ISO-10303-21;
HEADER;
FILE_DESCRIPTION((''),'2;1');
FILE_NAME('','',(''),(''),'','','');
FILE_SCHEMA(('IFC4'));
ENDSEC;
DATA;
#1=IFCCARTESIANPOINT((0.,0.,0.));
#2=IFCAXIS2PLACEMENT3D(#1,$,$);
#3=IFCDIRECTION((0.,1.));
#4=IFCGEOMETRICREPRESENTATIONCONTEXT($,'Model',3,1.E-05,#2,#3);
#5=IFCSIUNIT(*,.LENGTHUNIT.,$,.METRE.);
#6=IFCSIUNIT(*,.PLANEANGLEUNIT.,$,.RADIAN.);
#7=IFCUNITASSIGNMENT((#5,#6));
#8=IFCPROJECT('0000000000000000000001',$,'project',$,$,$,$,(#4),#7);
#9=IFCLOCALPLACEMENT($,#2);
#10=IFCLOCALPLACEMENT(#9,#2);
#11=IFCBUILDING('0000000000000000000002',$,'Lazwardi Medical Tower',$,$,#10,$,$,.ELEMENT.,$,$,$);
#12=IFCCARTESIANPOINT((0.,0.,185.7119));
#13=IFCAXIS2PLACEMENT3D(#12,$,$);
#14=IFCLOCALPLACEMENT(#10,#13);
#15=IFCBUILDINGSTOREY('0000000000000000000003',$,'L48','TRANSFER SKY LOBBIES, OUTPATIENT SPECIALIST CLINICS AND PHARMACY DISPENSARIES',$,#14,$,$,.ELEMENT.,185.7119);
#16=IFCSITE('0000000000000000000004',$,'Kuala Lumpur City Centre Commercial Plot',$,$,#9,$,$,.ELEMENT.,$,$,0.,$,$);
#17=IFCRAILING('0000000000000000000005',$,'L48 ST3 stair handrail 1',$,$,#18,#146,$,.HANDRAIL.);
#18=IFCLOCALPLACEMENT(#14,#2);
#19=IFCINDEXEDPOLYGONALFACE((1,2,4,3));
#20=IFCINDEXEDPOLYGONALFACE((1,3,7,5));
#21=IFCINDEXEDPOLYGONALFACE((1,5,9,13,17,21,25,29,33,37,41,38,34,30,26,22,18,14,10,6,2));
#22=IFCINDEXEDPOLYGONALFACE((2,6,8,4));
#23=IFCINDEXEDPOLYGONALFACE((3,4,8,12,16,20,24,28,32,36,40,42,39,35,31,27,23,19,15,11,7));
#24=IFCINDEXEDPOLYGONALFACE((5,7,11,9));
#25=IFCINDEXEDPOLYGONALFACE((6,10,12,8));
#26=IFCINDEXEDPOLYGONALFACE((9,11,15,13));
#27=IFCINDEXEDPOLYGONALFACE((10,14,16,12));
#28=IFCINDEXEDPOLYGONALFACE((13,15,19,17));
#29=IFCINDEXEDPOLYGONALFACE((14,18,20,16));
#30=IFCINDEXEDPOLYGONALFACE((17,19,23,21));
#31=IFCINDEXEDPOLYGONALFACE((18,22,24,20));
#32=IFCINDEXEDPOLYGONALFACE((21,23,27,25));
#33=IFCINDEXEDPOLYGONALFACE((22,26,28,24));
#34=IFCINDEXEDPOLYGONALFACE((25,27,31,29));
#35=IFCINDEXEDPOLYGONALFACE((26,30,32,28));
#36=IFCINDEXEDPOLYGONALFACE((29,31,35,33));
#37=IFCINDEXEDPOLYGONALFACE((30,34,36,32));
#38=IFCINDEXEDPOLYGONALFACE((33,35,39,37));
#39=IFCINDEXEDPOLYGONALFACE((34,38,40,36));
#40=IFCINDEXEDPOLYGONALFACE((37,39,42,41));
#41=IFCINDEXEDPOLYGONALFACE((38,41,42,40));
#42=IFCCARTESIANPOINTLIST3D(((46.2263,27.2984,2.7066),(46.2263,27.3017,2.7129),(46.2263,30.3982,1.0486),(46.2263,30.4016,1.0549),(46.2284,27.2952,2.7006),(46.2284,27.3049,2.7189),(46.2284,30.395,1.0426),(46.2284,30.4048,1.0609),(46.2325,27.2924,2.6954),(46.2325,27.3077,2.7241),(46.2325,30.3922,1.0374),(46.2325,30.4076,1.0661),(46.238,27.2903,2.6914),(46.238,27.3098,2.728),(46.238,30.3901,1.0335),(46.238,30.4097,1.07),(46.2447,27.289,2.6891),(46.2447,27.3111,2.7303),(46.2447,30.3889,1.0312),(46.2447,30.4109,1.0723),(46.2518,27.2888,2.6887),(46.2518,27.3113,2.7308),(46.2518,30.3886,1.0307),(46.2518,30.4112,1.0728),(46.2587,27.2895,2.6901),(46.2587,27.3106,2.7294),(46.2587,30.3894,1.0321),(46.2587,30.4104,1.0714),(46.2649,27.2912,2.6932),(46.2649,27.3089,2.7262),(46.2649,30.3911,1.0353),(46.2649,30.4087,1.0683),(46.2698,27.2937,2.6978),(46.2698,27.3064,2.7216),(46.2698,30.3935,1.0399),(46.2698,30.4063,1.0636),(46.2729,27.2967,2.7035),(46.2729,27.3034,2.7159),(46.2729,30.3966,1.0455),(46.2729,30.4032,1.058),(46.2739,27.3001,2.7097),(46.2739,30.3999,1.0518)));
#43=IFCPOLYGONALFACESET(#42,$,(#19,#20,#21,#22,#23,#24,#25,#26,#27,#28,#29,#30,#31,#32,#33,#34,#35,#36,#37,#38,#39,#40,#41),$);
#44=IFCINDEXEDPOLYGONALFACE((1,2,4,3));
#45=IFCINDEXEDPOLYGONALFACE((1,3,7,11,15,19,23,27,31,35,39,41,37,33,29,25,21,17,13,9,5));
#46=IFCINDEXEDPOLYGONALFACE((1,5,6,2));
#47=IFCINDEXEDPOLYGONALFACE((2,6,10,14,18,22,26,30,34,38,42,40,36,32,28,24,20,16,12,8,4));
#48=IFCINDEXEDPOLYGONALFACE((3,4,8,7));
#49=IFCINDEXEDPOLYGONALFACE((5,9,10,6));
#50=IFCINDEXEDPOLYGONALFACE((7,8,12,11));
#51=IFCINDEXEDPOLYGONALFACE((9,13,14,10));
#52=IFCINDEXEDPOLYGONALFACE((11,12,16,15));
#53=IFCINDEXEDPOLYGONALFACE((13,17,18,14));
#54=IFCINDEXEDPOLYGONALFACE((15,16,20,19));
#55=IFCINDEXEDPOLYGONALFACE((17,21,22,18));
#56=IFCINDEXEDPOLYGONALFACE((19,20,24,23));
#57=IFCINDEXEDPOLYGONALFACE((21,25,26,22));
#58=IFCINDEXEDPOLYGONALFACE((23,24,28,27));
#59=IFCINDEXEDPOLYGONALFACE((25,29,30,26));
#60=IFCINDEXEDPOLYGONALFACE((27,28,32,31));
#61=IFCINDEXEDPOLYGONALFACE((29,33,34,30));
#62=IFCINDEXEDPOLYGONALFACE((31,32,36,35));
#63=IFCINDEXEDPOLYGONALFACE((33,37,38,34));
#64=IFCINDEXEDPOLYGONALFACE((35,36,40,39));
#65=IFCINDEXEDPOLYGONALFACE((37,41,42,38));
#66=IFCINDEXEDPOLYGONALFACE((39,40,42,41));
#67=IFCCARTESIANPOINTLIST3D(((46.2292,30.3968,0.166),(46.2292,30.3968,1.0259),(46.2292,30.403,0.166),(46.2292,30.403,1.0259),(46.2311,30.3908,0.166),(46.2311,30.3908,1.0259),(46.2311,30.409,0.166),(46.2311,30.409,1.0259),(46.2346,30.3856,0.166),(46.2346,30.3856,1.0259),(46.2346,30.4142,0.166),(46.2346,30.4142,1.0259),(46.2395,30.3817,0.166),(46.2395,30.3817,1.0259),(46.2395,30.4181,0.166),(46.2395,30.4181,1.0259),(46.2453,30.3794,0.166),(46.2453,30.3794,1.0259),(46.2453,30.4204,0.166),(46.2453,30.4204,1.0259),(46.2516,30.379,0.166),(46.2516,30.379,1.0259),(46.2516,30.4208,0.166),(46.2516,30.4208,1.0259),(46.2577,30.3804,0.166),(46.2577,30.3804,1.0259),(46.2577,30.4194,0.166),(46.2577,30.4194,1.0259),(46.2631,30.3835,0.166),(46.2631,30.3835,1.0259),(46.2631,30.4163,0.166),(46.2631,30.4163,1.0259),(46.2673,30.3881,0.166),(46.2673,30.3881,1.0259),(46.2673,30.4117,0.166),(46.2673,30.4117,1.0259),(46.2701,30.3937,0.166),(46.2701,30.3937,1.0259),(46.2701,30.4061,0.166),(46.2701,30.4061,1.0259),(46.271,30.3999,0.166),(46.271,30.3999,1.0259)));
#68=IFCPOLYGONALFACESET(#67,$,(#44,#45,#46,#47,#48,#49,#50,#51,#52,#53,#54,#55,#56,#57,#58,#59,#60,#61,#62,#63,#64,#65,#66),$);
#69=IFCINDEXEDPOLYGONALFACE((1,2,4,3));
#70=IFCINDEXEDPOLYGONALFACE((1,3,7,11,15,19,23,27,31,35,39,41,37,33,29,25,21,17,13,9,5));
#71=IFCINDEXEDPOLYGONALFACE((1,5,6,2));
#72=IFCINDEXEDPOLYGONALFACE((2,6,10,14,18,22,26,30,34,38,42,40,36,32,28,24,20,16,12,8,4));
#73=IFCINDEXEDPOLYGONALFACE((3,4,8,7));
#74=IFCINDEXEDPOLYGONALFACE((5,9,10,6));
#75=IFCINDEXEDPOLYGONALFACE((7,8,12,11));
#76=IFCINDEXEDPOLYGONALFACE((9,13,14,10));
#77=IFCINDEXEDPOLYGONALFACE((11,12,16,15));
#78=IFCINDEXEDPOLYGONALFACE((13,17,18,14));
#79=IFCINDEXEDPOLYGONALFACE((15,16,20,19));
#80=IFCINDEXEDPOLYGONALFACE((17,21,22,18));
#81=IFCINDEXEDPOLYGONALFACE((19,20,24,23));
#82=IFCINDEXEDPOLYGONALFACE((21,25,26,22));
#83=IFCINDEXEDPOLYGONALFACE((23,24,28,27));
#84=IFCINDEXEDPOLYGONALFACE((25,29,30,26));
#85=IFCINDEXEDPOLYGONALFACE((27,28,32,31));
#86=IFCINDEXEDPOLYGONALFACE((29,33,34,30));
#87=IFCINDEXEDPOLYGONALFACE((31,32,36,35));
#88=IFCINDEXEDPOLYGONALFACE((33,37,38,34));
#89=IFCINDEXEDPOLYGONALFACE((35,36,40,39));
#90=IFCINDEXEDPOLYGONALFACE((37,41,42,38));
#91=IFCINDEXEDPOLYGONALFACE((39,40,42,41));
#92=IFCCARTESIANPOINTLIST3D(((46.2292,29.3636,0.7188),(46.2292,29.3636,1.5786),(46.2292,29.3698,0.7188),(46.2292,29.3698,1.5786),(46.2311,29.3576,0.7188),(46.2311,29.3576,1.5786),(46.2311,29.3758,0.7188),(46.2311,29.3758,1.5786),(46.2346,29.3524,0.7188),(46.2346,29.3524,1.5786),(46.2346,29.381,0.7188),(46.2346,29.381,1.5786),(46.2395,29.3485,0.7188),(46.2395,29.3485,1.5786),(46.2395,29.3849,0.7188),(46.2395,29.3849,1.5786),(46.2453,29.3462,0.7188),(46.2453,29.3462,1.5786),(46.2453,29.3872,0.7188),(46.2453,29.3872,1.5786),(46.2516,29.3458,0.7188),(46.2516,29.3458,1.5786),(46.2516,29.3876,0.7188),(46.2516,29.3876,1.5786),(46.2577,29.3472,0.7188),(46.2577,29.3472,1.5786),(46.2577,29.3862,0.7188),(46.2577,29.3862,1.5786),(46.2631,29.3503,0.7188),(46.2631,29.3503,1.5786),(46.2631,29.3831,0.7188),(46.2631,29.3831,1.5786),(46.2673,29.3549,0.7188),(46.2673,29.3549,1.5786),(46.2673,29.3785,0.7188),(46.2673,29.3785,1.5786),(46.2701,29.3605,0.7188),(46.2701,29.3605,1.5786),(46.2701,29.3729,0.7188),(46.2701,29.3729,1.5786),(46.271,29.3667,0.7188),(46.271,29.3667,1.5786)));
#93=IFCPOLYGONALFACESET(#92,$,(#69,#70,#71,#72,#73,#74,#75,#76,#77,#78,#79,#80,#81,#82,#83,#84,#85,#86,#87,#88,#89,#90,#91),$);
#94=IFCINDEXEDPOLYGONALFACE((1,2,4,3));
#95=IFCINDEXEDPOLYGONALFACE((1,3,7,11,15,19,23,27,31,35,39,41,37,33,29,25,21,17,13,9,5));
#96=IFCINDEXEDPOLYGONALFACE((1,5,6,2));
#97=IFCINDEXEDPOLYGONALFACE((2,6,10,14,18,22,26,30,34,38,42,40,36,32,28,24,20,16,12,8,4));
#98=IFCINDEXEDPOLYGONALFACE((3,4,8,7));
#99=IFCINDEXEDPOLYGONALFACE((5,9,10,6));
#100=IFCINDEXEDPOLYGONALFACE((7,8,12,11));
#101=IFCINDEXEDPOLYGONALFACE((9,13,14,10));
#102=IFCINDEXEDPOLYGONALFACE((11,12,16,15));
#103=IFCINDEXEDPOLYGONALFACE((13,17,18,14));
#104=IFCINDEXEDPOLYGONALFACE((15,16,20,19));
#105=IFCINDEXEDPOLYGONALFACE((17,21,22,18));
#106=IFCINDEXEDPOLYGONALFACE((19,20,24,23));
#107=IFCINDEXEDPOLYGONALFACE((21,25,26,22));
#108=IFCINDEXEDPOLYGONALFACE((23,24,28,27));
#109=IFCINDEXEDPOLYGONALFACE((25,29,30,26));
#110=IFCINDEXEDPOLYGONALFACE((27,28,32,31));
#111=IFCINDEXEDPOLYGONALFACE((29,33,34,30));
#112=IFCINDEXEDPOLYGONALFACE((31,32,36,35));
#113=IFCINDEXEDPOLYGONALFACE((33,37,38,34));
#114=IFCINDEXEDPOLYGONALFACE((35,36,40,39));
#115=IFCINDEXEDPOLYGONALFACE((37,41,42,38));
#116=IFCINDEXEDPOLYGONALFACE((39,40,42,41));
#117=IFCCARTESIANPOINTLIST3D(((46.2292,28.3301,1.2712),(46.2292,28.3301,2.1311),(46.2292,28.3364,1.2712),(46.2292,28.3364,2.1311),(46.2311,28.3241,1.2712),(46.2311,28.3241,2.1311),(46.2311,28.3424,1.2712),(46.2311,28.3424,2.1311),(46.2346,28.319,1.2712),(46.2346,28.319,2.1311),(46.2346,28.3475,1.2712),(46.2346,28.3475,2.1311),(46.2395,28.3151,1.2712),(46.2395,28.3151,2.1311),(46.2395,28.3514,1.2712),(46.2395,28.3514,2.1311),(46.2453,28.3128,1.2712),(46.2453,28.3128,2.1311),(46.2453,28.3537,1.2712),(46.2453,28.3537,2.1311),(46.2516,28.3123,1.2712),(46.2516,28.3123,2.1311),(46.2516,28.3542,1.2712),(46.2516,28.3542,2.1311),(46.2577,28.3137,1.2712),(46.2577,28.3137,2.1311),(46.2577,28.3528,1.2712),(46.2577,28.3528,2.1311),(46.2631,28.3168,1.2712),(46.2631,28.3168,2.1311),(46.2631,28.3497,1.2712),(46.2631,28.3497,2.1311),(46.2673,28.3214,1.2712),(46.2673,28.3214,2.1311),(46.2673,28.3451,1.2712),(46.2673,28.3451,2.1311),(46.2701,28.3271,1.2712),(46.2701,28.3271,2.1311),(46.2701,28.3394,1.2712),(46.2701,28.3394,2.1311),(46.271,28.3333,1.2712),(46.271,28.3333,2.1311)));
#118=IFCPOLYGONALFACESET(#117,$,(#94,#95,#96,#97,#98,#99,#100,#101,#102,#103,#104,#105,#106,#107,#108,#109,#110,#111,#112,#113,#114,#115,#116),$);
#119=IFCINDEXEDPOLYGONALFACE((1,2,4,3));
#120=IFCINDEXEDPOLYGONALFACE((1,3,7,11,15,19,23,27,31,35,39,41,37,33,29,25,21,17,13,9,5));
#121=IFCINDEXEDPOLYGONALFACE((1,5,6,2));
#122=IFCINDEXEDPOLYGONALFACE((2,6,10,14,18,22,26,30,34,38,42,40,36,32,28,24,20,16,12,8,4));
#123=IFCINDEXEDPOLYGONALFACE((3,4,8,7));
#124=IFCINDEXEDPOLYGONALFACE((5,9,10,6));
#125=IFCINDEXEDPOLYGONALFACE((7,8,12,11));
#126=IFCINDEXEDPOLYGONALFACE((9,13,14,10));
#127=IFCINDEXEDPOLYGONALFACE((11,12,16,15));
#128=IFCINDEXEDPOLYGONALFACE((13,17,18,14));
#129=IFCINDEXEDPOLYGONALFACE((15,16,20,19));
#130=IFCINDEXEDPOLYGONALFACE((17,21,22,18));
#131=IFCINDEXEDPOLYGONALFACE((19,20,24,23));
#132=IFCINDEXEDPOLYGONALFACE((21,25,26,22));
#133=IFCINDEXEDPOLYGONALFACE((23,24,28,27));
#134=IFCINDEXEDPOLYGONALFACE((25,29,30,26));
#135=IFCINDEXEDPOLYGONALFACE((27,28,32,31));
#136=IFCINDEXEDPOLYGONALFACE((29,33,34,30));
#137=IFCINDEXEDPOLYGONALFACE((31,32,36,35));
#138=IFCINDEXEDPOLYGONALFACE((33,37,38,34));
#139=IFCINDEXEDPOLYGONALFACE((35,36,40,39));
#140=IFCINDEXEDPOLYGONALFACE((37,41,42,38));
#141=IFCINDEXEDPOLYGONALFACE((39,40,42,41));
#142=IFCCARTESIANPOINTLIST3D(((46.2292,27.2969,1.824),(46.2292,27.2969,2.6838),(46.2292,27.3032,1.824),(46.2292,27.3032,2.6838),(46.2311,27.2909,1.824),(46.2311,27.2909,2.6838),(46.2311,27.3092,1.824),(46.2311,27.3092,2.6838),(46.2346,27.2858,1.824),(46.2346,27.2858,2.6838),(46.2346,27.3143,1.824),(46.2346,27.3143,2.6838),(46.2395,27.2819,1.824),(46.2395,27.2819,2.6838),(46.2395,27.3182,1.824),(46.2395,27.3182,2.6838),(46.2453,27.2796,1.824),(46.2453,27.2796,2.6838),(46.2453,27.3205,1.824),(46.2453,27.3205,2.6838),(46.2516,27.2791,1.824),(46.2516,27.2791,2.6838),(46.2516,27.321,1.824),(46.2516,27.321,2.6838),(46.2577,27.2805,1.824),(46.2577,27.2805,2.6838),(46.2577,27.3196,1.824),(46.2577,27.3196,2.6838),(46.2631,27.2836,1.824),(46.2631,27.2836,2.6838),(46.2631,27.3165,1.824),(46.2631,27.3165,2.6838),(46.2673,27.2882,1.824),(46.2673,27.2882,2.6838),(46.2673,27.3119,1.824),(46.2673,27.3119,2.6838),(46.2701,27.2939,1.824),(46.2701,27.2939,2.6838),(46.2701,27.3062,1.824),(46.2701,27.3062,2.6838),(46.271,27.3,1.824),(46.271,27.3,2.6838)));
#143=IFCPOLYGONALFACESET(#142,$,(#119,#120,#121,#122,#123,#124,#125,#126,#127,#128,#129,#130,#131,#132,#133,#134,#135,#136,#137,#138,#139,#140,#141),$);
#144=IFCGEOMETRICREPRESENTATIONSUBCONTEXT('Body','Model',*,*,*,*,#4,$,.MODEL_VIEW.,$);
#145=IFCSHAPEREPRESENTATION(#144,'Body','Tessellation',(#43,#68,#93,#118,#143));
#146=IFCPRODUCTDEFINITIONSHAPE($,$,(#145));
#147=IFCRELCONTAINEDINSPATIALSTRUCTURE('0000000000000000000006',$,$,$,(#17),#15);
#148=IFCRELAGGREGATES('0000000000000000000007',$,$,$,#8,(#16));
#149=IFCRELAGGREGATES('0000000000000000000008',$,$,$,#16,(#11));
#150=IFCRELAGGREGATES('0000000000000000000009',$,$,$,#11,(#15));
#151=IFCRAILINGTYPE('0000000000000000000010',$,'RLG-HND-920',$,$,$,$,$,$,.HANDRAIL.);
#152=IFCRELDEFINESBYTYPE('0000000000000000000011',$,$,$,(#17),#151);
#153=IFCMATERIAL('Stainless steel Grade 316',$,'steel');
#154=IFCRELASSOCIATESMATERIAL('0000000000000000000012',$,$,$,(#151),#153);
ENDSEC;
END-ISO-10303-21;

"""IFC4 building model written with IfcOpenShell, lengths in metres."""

from ifc_helpers import new_model, si_unit, direction, frame, origin, origin_2d, place, context, subcontext, project, spatial, circle, extrude, material, type_object, element, save


model = new_model("IFC4")

# Units and contexts
model_context = context("Model", 3, precision=1e-05, world=origin(), true_north=direction((0.0, 1.0)))
body_context = subcontext(model_context, "Body", "Model", "MODEL_VIEW")
ifc_project = project(units=[si_unit("LENGTHUNIT", "METRE"), si_unit("PLANEANGLEUNIT", "RADIAN")], contexts=[model_context])

# Site, building, storey
site_placement = place(None, origin())
site = spatial("IfcSite", under=ifc_project, at=site_placement, Name="Kuala Lumpur City Centre Commercial Plot", CompositionType="ELEMENT", RefElevation=0.0)
building_placement = place(site_placement, origin())
building = spatial("IfcBuilding", under=site, at=building_placement, Name="Lazwardi Medical Tower", CompositionType="ELEMENT")
storey_placement = place(building_placement, frame((0.0, 0.0, 185.7119)))
storey = spatial("IfcBuildingStorey", under=building, at=storey_placement, Name="L48", Description="TRANSFER SKY LOBBIES, OUTPATIENT SPECIALIST CLINICS AND PHARMACY DISPENSARIES", CompositionType="ELEMENT", Elevation=185.7119)

# Railing
ifc_material_1 = material(Name="Stainless steel Grade 316", Category="steel")
railing_type_1 = type_object("IfcRailingType", Name="RLG-HND-920", PredefinedType="HANDRAIL", material=ifc_material_1)
railing_1_placement = place(storey_placement, frame((46.25, 30.3999, 0.166)))
element("IfcRailing", 1, at=railing_1_placement, inside=storey, type_object=railing_type_1, Name="L48 ST3 stair handrail 1", PredefinedType="HANDRAIL", context=body_context, shape_type="SweptSolid", body=[
    extrude(circle(Radius=0.0239, at=origin_2d()), frame((0.0, 0.0, 0.8857), z_axis=(0.0, -0.881797, 0.47163), x_axis=(1.0, 0.0, 0.0)), (0.0, 0.0, 1.0), 3.5154),
    extrude(circle(Radius=0.021, at=origin_2d()), origin(), (0.0, 0.0, 1.0), 0.8599),
    extrude(circle(Radius=0.021, at=origin_2d()), frame((0.0, -1.0332, 0.5527)), (0.0, 0.0, 1.0), 0.8599),
    extrude(circle(Radius=0.021, at=origin_2d()), frame((0.0, -2.0667, 1.1052)), (0.0, 0.0, 1.0), 0.8599),
    extrude(circle(Radius=0.021, at=origin_2d()), frame((0.0, -3.0999, 1.658)), (0.0, 0.0, 1.0), 0.8599),
])

save(model, "model.ifc")
